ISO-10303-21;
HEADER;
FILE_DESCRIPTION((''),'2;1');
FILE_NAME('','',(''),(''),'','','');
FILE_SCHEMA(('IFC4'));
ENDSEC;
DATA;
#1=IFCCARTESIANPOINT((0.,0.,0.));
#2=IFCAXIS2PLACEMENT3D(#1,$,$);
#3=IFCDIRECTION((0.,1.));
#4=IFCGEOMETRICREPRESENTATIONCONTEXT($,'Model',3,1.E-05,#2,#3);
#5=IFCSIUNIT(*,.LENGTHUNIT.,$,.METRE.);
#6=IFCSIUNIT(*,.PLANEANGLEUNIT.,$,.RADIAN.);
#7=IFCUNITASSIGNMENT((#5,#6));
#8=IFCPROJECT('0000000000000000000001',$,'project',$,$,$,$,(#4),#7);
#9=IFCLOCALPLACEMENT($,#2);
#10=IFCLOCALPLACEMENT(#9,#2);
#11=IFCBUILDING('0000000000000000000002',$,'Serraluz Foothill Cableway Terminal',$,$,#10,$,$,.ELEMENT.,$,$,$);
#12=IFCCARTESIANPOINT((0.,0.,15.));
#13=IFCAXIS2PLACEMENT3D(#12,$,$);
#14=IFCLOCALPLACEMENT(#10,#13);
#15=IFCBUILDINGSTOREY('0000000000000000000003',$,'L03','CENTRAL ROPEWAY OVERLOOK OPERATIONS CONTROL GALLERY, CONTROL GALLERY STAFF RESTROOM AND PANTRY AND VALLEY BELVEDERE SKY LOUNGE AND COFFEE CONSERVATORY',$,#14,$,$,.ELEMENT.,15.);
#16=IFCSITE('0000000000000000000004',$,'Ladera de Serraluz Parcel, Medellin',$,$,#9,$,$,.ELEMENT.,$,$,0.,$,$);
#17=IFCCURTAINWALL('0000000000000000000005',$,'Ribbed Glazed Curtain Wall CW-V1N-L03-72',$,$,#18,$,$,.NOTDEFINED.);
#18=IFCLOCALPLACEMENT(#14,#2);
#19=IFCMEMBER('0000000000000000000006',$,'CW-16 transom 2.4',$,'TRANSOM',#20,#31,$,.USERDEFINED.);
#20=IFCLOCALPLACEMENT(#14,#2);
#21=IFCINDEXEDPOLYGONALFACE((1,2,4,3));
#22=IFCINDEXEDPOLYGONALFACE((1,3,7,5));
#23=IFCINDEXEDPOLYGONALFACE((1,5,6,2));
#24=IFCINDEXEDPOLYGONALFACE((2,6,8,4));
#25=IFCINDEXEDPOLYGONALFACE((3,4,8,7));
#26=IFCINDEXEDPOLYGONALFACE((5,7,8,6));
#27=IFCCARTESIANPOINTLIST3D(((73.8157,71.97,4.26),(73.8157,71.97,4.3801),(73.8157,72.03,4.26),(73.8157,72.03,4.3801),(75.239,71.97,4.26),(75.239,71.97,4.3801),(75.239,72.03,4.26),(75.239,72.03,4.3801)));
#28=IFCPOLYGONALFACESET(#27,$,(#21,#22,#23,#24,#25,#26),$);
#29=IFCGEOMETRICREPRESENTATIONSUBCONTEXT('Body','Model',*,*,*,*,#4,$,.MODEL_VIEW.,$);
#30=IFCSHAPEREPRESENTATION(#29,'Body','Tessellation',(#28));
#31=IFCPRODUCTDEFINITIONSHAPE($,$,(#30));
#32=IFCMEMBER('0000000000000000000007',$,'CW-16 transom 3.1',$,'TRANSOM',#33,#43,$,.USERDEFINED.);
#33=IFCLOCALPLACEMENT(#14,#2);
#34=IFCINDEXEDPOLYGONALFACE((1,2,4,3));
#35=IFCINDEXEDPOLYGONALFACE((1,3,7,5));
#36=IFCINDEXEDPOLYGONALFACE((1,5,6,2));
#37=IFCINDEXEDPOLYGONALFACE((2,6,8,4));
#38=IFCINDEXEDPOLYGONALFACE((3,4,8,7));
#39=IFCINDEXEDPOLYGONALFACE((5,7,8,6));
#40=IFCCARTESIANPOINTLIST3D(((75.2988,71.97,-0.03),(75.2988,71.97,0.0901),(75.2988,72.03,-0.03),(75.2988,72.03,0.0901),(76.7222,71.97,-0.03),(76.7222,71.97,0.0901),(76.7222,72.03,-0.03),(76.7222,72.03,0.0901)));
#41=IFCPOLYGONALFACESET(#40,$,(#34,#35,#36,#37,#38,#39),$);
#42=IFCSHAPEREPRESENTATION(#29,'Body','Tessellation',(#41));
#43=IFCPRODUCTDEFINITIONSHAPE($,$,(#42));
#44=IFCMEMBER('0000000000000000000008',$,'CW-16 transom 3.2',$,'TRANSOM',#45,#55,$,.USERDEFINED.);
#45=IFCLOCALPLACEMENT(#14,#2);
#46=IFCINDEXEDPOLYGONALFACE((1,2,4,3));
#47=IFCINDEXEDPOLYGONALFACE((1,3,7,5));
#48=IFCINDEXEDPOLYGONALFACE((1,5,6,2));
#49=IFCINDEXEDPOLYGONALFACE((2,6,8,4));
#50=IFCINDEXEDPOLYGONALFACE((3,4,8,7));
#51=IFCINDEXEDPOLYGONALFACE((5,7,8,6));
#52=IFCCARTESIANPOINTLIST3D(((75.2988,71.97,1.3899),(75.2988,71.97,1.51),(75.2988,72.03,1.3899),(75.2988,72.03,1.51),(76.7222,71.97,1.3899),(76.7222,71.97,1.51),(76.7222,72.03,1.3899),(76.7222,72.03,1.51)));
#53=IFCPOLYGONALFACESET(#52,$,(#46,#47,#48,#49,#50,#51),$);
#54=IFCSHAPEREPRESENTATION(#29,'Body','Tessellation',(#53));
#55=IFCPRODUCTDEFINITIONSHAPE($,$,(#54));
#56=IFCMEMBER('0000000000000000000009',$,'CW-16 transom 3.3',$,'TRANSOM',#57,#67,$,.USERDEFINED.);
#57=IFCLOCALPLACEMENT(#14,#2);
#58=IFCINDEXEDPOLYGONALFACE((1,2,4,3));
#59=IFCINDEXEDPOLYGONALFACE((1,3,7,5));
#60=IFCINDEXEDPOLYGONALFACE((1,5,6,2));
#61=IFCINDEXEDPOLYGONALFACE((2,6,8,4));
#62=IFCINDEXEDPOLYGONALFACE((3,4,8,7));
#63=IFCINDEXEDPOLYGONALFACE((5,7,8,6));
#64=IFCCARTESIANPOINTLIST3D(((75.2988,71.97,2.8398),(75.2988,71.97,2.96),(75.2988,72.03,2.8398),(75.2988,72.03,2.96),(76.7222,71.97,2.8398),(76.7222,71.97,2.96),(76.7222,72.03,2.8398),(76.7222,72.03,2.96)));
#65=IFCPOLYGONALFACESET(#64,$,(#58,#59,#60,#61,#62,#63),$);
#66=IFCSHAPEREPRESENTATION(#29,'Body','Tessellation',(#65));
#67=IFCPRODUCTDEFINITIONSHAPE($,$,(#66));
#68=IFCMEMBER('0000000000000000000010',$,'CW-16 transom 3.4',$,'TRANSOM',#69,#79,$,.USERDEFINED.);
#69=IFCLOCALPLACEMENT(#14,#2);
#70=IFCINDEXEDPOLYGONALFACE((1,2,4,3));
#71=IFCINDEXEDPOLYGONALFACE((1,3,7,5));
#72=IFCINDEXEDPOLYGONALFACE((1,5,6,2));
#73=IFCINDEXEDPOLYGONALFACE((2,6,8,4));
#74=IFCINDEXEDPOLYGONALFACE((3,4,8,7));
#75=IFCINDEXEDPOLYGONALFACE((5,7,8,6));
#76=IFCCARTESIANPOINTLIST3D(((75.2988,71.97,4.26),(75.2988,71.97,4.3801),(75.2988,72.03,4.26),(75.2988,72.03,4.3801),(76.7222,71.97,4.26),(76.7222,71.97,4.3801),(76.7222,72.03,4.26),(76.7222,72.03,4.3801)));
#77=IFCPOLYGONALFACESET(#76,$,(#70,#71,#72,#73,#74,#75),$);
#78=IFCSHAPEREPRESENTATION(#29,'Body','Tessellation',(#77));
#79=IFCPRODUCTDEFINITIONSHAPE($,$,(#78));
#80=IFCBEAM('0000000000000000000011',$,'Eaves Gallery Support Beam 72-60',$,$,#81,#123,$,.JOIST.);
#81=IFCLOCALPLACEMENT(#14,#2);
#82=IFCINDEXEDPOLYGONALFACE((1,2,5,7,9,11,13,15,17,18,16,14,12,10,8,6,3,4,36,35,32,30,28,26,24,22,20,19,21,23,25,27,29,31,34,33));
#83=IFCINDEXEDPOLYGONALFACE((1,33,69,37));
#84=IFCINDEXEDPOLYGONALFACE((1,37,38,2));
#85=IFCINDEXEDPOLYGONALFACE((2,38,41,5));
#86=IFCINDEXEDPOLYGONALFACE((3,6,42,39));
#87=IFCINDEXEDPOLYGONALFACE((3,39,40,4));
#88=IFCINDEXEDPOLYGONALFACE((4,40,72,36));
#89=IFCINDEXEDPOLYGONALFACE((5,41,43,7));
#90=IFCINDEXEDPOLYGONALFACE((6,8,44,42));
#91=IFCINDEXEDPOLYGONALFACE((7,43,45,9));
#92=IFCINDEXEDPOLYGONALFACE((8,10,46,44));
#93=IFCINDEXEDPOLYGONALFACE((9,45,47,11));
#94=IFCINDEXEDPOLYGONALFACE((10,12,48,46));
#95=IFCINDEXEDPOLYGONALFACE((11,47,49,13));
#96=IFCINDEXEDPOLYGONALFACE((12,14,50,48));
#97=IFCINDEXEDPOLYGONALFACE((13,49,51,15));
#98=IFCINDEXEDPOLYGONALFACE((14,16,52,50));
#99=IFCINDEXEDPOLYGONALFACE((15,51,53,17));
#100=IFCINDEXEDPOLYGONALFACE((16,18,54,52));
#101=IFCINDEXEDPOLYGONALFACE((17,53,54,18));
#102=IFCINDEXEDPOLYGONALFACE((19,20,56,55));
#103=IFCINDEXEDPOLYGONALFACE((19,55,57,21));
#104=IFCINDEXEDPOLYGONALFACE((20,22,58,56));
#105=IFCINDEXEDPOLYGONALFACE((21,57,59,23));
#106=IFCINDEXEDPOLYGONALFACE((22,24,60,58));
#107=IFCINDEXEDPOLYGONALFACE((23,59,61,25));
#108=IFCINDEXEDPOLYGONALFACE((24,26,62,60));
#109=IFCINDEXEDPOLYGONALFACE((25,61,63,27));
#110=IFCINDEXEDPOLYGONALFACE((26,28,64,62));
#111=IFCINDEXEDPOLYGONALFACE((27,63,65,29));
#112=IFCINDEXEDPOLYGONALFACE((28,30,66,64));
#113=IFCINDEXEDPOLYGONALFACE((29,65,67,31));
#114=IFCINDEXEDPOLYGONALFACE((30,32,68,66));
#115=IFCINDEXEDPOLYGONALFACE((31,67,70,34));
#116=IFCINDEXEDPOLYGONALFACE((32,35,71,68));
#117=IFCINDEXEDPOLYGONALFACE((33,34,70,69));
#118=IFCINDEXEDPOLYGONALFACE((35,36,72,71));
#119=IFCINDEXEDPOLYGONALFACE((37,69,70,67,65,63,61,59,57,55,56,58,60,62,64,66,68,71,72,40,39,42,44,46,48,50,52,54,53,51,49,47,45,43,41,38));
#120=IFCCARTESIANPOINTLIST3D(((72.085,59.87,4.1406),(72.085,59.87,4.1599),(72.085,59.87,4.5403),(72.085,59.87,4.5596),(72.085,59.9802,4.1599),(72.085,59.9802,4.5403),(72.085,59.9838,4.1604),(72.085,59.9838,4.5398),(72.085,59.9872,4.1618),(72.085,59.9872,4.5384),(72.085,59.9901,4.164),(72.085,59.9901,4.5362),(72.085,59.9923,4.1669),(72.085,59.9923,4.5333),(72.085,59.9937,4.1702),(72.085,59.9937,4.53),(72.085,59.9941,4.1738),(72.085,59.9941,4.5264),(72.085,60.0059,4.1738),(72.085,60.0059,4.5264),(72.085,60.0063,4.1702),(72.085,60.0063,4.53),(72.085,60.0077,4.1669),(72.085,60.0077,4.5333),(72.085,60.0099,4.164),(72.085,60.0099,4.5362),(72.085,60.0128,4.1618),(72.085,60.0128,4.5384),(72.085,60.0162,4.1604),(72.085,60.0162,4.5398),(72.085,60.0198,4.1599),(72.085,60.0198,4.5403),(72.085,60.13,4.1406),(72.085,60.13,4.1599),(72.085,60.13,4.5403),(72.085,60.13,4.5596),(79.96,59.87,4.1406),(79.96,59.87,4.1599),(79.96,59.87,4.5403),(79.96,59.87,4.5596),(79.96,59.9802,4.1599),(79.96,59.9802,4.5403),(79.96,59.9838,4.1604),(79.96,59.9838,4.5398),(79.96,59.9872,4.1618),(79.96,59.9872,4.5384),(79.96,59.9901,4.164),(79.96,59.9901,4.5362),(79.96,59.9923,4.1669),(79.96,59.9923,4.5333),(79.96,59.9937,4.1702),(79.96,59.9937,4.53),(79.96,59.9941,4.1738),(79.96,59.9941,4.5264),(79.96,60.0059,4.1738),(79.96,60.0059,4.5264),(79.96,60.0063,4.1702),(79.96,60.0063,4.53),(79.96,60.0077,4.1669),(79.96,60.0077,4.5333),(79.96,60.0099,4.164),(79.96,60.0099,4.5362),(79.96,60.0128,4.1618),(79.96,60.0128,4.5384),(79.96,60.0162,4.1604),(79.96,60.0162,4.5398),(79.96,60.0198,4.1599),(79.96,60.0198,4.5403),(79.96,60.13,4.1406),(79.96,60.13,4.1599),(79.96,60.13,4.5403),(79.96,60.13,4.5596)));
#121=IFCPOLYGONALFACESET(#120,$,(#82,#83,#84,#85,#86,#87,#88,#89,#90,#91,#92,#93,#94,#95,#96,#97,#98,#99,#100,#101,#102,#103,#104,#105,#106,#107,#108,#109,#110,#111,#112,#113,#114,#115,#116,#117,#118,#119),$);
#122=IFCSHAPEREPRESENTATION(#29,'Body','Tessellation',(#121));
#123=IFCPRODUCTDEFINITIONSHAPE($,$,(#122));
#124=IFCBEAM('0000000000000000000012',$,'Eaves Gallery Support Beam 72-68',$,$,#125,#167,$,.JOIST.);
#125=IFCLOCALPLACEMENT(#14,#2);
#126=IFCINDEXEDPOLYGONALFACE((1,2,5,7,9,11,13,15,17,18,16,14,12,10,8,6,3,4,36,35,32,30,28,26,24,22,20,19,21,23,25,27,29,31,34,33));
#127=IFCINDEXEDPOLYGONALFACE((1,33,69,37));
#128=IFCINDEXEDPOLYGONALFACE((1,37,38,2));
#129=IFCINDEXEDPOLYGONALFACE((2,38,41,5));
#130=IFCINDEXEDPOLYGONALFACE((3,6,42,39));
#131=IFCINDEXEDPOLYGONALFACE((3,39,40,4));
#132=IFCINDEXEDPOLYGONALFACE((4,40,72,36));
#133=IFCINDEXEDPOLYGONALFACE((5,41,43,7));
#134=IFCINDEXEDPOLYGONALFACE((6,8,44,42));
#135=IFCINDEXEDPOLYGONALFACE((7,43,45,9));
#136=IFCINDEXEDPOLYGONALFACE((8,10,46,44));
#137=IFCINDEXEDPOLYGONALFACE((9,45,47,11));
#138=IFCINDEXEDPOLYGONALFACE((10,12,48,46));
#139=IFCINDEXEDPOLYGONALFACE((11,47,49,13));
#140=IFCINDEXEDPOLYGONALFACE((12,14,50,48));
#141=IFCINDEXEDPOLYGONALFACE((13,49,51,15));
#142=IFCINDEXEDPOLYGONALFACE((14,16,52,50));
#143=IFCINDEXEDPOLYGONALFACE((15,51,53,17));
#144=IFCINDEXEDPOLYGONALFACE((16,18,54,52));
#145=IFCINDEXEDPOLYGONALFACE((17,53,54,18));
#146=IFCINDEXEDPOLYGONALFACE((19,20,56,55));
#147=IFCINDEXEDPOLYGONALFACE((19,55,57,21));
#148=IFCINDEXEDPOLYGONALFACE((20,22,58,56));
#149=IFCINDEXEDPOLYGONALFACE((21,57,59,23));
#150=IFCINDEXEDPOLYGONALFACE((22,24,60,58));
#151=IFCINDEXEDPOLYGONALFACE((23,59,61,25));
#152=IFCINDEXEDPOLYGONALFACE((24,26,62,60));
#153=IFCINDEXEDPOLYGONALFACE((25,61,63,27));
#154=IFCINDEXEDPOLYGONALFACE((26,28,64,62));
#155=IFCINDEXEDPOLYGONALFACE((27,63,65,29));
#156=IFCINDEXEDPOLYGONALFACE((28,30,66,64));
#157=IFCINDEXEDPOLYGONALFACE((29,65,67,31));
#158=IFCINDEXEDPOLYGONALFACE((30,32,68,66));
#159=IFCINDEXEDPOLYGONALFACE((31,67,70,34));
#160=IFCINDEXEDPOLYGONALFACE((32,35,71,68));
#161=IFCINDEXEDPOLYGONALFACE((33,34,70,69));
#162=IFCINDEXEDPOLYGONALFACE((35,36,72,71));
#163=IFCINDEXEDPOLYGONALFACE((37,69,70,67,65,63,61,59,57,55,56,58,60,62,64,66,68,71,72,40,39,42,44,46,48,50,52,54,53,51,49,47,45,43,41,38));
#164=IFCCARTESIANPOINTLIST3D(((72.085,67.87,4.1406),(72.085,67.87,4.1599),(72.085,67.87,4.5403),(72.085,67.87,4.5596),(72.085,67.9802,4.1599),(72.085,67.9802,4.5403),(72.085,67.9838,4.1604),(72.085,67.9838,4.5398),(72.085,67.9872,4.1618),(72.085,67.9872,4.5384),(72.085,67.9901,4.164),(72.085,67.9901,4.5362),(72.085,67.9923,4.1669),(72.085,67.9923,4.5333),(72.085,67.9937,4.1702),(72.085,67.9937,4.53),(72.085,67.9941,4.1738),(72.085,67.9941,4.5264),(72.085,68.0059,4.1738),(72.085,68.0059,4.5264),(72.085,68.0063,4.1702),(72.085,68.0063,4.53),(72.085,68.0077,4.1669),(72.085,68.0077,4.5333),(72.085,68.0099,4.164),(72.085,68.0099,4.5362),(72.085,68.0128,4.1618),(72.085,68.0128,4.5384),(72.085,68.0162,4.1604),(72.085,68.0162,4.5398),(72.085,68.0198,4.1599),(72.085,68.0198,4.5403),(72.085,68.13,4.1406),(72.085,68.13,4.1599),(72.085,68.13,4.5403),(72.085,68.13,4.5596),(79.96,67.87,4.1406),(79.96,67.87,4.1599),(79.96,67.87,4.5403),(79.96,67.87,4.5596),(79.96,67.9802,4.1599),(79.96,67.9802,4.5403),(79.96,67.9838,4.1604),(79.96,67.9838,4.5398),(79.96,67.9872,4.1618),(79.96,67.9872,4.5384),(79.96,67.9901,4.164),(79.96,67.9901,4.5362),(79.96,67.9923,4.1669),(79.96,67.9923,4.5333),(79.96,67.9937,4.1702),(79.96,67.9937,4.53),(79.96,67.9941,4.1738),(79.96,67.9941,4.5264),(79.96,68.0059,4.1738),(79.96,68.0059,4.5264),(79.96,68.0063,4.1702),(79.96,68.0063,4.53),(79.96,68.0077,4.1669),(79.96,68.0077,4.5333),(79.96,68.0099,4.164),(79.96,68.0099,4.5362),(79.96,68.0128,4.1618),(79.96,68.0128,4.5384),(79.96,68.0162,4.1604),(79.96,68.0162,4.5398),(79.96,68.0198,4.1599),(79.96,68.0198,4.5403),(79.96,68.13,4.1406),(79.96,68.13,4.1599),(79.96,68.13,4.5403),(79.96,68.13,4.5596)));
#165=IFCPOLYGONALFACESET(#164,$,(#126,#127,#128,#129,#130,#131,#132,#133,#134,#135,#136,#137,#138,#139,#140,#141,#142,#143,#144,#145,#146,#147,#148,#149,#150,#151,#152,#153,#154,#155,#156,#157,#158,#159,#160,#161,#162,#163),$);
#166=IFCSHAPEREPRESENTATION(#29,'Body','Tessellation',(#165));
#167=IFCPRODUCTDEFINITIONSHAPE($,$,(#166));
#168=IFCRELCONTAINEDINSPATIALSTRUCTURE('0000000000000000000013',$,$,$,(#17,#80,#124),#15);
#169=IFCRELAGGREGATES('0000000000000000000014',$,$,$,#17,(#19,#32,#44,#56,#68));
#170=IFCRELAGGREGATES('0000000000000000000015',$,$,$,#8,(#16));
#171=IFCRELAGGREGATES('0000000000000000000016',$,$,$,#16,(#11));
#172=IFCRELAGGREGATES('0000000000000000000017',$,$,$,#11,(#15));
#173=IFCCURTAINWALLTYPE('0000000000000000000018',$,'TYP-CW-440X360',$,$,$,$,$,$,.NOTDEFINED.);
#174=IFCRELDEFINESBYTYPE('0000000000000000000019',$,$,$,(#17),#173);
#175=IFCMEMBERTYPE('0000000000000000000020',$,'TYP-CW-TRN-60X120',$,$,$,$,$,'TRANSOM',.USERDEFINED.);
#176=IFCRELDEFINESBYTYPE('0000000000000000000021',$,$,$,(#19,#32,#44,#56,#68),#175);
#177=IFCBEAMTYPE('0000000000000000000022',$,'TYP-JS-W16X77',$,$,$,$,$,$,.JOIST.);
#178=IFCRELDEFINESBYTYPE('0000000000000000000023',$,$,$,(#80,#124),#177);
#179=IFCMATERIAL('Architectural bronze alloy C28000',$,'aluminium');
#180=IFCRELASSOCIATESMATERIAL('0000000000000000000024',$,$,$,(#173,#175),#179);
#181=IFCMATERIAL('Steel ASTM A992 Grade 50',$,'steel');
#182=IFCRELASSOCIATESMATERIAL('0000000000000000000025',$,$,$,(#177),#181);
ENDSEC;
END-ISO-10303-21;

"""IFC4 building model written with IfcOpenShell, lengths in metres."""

from ifc_helpers import new_model, si_unit, direction, frame, origin, origin_2d, place, context, subcontext, project, spatial, rectangle, i_section, extrude, material, material_profile, profile_set, type_object, element, aggregate, save


model = new_model("IFC4")

# Units and contexts
model_context = context("Model", 3, precision=1e-05, world=origin(), true_north=direction((0.0, 1.0)))
body_context = subcontext(model_context, "Body", "Model", "MODEL_VIEW")
ifc_project = project(units=[si_unit("LENGTHUNIT", "METRE"), si_unit("PLANEANGLEUNIT", "RADIAN")], contexts=[model_context])

# Site, building, storey
site_placement = place(None, origin())
site = spatial("IfcSite", under=ifc_project, at=site_placement, Name="Ladera de Serraluz Parcel, Medellin", CompositionType="ELEMENT", RefElevation=0.0)
building_placement = place(site_placement, origin())
building = spatial("IfcBuilding", under=site, at=building_placement, Name="Serraluz Foothill Cableway Terminal", CompositionType="ELEMENT")
storey_placement = place(building_placement, frame((0.0, 0.0, 15.0)))
storey = spatial("IfcBuildingStorey", under=building, at=storey_placement, Name="L03", Description="CENTRAL ROPEWAY OVERLOOK OPERATIONS CONTROL GALLERY, CONTROL GALLERY STAFF RESTROOM AND PANTRY AND VALLEY BELVEDERE SKY LOUNGE AND COFFEE CONSERVATORY", CompositionType="ELEMENT", Elevation=15.0)

# Shared definitions
ifc_material_1 = material(Name="Steel ASTM A992 Grade 50", Category="steel")

# Shared definitions
ifc_material_2 = material(Name="Architectural bronze alloy C28000", Category="aluminium")

# Curtain wall, members
curtain_wall_type_1 = type_object("IfcCurtainWallType", Name="TYP-CW-440X360", PredefinedType="NOTDEFINED", material=ifc_material_2)
curtain_wall_1_placement = place(storey_placement, origin())
curtain_wall_1 = element("IfcCurtainWall", 1, at=curtain_wall_1_placement, inside=storey, type_object=curtain_wall_type_1, Name="Ribbed Glazed Curtain Wall CW-V1N-L03-72", PredefinedType="NOTDEFINED")
ifc_material_profile_1 = material_profile(ifc_material_2, rectangle(XDim=0.0601, YDim=0.1201, at=origin_2d()), Name="ALU TRANSOM 60x120")
ifc_profile_set_1 = profile_set([ifc_material_profile_1], Name="Architectural bronze alloy C28000")
member_type_1 = type_object("IfcMemberType", Name="TYP-CW-TRN-60X120", ElementType="TRANSOM", PredefinedType="USERDEFINED", material=ifc_profile_set_1)
member_1_placement = place(storey_placement, frame((73.8157, 72.0, 4.3201), z_axis=(1.0, 0.0, 0.0), x_axis=(0.0, 1.0, 0.0)))
member_1 = element("IfcMember", 2, at=member_1_placement, type_object=member_type_1, Name="CW-16 transom 2.4", ObjectType="TRANSOM", PredefinedType="USERDEFINED", context=body_context, shape_type="SweptSolid", body=[
    extrude(rectangle(XDim=0.0601, YDim=0.1201, at=origin_2d()), origin(), (0.0, 0.0, 1.0), 1.4233),
])
member_2_placement = place(storey_placement, frame((75.2988, 72.0, 0.03), z_axis=(1.0, 0.0, 0.0), x_axis=(0.0, 1.0, 0.0)))
member_2 = element("IfcMember", 3, at=member_2_placement, type_object=member_type_1, Name="CW-16 transom 3.1", ObjectType="TRANSOM", PredefinedType="USERDEFINED", context=body_context, shape_type="SweptSolid", body=[
    extrude(rectangle(XDim=0.0601, YDim=0.1201, at=origin_2d()), origin(), (0.0, 0.0, 1.0), 1.4233),
])
member_3_placement = place(storey_placement, frame((75.2988, 72.0, 1.45), z_axis=(1.0, 0.0, 0.0), x_axis=(0.0, 1.0, 0.0)))
member_3 = element("IfcMember", 4, at=member_3_placement, type_object=member_type_1, Name="CW-16 transom 3.2", ObjectType="TRANSOM", PredefinedType="USERDEFINED", context=body_context, shape_type="SweptSolid", body=[
    extrude(rectangle(XDim=0.0601, YDim=0.1201, at=origin_2d()), origin(), (0.0, 0.0, 1.0), 1.4233),
])
member_4_placement = place(storey_placement, frame((75.2988, 72.0, 2.8999), z_axis=(1.0, 0.0, 0.0), x_axis=(0.0, 1.0, 0.0)))
member_4 = element("IfcMember", 5, at=member_4_placement, type_object=member_type_1, Name="CW-16 transom 3.3", ObjectType="TRANSOM", PredefinedType="USERDEFINED", context=body_context, shape_type="SweptSolid", body=[
    extrude(rectangle(XDim=0.0601, YDim=0.1201, at=origin_2d()), origin(), (0.0, 0.0, 1.0), 1.4233),
])
member_5_placement = place(storey_placement, frame((75.2988, 72.0, 4.3201), z_axis=(1.0, 0.0, 0.0), x_axis=(0.0, 1.0, 0.0)))
member_5 = element("IfcMember", 6, at=member_5_placement, type_object=member_type_1, Name="CW-16 transom 3.4", ObjectType="TRANSOM", PredefinedType="USERDEFINED", context=body_context, shape_type="SweptSolid", body=[
    extrude(rectangle(XDim=0.0601, YDim=0.1201, at=origin_2d()), origin(), (0.0, 0.0, 1.0), 1.4233),
])

# Beams
ifc_material_profile_2 = material_profile(ifc_material_1, i_section(OverallWidth=0.26, OverallDepth=0.4189, WebThickness=0.0117, FlangeThickness=0.0193, FilletRadius=0.0139, at=origin_2d()), Name="W16X77")
ifc_profile_set_2 = profile_set([ifc_material_profile_2], Name="Steel ASTM A992 Grade 50")
beam_type_1 = type_object("IfcBeamType", Name="TYP-JS-W16X77", PredefinedType="JOIST", material=ifc_profile_set_2)
for number, where, z_axis, x_axis, name in (
    (7, (72.085, 60.0, 4.3501), (1.0, 0.0, 0.0), (0.0, 1.0, 0.0), "Eaves Gallery Support Beam 72-60"),
    (8, (72.085, 68.0, 4.3501), (1.0, 0.0, 0.0), (0.0, 1.0, 0.0), "Eaves Gallery Support Beam 72-68"),
):
    element("IfcBeam", number, at=place(storey_placement, frame(where, z_axis=z_axis, x_axis=x_axis)), inside=storey, type_object=beam_type_1, Name=name, PredefinedType="JOIST", context=body_context, shape_type="SweptSolid", body=[
        extrude(i_section(OverallWidth=0.26, OverallDepth=0.4189, WebThickness=0.0117, FlangeThickness=0.0193, FilletRadius=0.0139, at=origin_2d()), origin(), (0.0, 0.0, 1.0), 7.875),
    ])

aggregate(curtain_wall_1, [member_1, member_2, member_3, member_4, member_5])

save(model, "model.ifc")
